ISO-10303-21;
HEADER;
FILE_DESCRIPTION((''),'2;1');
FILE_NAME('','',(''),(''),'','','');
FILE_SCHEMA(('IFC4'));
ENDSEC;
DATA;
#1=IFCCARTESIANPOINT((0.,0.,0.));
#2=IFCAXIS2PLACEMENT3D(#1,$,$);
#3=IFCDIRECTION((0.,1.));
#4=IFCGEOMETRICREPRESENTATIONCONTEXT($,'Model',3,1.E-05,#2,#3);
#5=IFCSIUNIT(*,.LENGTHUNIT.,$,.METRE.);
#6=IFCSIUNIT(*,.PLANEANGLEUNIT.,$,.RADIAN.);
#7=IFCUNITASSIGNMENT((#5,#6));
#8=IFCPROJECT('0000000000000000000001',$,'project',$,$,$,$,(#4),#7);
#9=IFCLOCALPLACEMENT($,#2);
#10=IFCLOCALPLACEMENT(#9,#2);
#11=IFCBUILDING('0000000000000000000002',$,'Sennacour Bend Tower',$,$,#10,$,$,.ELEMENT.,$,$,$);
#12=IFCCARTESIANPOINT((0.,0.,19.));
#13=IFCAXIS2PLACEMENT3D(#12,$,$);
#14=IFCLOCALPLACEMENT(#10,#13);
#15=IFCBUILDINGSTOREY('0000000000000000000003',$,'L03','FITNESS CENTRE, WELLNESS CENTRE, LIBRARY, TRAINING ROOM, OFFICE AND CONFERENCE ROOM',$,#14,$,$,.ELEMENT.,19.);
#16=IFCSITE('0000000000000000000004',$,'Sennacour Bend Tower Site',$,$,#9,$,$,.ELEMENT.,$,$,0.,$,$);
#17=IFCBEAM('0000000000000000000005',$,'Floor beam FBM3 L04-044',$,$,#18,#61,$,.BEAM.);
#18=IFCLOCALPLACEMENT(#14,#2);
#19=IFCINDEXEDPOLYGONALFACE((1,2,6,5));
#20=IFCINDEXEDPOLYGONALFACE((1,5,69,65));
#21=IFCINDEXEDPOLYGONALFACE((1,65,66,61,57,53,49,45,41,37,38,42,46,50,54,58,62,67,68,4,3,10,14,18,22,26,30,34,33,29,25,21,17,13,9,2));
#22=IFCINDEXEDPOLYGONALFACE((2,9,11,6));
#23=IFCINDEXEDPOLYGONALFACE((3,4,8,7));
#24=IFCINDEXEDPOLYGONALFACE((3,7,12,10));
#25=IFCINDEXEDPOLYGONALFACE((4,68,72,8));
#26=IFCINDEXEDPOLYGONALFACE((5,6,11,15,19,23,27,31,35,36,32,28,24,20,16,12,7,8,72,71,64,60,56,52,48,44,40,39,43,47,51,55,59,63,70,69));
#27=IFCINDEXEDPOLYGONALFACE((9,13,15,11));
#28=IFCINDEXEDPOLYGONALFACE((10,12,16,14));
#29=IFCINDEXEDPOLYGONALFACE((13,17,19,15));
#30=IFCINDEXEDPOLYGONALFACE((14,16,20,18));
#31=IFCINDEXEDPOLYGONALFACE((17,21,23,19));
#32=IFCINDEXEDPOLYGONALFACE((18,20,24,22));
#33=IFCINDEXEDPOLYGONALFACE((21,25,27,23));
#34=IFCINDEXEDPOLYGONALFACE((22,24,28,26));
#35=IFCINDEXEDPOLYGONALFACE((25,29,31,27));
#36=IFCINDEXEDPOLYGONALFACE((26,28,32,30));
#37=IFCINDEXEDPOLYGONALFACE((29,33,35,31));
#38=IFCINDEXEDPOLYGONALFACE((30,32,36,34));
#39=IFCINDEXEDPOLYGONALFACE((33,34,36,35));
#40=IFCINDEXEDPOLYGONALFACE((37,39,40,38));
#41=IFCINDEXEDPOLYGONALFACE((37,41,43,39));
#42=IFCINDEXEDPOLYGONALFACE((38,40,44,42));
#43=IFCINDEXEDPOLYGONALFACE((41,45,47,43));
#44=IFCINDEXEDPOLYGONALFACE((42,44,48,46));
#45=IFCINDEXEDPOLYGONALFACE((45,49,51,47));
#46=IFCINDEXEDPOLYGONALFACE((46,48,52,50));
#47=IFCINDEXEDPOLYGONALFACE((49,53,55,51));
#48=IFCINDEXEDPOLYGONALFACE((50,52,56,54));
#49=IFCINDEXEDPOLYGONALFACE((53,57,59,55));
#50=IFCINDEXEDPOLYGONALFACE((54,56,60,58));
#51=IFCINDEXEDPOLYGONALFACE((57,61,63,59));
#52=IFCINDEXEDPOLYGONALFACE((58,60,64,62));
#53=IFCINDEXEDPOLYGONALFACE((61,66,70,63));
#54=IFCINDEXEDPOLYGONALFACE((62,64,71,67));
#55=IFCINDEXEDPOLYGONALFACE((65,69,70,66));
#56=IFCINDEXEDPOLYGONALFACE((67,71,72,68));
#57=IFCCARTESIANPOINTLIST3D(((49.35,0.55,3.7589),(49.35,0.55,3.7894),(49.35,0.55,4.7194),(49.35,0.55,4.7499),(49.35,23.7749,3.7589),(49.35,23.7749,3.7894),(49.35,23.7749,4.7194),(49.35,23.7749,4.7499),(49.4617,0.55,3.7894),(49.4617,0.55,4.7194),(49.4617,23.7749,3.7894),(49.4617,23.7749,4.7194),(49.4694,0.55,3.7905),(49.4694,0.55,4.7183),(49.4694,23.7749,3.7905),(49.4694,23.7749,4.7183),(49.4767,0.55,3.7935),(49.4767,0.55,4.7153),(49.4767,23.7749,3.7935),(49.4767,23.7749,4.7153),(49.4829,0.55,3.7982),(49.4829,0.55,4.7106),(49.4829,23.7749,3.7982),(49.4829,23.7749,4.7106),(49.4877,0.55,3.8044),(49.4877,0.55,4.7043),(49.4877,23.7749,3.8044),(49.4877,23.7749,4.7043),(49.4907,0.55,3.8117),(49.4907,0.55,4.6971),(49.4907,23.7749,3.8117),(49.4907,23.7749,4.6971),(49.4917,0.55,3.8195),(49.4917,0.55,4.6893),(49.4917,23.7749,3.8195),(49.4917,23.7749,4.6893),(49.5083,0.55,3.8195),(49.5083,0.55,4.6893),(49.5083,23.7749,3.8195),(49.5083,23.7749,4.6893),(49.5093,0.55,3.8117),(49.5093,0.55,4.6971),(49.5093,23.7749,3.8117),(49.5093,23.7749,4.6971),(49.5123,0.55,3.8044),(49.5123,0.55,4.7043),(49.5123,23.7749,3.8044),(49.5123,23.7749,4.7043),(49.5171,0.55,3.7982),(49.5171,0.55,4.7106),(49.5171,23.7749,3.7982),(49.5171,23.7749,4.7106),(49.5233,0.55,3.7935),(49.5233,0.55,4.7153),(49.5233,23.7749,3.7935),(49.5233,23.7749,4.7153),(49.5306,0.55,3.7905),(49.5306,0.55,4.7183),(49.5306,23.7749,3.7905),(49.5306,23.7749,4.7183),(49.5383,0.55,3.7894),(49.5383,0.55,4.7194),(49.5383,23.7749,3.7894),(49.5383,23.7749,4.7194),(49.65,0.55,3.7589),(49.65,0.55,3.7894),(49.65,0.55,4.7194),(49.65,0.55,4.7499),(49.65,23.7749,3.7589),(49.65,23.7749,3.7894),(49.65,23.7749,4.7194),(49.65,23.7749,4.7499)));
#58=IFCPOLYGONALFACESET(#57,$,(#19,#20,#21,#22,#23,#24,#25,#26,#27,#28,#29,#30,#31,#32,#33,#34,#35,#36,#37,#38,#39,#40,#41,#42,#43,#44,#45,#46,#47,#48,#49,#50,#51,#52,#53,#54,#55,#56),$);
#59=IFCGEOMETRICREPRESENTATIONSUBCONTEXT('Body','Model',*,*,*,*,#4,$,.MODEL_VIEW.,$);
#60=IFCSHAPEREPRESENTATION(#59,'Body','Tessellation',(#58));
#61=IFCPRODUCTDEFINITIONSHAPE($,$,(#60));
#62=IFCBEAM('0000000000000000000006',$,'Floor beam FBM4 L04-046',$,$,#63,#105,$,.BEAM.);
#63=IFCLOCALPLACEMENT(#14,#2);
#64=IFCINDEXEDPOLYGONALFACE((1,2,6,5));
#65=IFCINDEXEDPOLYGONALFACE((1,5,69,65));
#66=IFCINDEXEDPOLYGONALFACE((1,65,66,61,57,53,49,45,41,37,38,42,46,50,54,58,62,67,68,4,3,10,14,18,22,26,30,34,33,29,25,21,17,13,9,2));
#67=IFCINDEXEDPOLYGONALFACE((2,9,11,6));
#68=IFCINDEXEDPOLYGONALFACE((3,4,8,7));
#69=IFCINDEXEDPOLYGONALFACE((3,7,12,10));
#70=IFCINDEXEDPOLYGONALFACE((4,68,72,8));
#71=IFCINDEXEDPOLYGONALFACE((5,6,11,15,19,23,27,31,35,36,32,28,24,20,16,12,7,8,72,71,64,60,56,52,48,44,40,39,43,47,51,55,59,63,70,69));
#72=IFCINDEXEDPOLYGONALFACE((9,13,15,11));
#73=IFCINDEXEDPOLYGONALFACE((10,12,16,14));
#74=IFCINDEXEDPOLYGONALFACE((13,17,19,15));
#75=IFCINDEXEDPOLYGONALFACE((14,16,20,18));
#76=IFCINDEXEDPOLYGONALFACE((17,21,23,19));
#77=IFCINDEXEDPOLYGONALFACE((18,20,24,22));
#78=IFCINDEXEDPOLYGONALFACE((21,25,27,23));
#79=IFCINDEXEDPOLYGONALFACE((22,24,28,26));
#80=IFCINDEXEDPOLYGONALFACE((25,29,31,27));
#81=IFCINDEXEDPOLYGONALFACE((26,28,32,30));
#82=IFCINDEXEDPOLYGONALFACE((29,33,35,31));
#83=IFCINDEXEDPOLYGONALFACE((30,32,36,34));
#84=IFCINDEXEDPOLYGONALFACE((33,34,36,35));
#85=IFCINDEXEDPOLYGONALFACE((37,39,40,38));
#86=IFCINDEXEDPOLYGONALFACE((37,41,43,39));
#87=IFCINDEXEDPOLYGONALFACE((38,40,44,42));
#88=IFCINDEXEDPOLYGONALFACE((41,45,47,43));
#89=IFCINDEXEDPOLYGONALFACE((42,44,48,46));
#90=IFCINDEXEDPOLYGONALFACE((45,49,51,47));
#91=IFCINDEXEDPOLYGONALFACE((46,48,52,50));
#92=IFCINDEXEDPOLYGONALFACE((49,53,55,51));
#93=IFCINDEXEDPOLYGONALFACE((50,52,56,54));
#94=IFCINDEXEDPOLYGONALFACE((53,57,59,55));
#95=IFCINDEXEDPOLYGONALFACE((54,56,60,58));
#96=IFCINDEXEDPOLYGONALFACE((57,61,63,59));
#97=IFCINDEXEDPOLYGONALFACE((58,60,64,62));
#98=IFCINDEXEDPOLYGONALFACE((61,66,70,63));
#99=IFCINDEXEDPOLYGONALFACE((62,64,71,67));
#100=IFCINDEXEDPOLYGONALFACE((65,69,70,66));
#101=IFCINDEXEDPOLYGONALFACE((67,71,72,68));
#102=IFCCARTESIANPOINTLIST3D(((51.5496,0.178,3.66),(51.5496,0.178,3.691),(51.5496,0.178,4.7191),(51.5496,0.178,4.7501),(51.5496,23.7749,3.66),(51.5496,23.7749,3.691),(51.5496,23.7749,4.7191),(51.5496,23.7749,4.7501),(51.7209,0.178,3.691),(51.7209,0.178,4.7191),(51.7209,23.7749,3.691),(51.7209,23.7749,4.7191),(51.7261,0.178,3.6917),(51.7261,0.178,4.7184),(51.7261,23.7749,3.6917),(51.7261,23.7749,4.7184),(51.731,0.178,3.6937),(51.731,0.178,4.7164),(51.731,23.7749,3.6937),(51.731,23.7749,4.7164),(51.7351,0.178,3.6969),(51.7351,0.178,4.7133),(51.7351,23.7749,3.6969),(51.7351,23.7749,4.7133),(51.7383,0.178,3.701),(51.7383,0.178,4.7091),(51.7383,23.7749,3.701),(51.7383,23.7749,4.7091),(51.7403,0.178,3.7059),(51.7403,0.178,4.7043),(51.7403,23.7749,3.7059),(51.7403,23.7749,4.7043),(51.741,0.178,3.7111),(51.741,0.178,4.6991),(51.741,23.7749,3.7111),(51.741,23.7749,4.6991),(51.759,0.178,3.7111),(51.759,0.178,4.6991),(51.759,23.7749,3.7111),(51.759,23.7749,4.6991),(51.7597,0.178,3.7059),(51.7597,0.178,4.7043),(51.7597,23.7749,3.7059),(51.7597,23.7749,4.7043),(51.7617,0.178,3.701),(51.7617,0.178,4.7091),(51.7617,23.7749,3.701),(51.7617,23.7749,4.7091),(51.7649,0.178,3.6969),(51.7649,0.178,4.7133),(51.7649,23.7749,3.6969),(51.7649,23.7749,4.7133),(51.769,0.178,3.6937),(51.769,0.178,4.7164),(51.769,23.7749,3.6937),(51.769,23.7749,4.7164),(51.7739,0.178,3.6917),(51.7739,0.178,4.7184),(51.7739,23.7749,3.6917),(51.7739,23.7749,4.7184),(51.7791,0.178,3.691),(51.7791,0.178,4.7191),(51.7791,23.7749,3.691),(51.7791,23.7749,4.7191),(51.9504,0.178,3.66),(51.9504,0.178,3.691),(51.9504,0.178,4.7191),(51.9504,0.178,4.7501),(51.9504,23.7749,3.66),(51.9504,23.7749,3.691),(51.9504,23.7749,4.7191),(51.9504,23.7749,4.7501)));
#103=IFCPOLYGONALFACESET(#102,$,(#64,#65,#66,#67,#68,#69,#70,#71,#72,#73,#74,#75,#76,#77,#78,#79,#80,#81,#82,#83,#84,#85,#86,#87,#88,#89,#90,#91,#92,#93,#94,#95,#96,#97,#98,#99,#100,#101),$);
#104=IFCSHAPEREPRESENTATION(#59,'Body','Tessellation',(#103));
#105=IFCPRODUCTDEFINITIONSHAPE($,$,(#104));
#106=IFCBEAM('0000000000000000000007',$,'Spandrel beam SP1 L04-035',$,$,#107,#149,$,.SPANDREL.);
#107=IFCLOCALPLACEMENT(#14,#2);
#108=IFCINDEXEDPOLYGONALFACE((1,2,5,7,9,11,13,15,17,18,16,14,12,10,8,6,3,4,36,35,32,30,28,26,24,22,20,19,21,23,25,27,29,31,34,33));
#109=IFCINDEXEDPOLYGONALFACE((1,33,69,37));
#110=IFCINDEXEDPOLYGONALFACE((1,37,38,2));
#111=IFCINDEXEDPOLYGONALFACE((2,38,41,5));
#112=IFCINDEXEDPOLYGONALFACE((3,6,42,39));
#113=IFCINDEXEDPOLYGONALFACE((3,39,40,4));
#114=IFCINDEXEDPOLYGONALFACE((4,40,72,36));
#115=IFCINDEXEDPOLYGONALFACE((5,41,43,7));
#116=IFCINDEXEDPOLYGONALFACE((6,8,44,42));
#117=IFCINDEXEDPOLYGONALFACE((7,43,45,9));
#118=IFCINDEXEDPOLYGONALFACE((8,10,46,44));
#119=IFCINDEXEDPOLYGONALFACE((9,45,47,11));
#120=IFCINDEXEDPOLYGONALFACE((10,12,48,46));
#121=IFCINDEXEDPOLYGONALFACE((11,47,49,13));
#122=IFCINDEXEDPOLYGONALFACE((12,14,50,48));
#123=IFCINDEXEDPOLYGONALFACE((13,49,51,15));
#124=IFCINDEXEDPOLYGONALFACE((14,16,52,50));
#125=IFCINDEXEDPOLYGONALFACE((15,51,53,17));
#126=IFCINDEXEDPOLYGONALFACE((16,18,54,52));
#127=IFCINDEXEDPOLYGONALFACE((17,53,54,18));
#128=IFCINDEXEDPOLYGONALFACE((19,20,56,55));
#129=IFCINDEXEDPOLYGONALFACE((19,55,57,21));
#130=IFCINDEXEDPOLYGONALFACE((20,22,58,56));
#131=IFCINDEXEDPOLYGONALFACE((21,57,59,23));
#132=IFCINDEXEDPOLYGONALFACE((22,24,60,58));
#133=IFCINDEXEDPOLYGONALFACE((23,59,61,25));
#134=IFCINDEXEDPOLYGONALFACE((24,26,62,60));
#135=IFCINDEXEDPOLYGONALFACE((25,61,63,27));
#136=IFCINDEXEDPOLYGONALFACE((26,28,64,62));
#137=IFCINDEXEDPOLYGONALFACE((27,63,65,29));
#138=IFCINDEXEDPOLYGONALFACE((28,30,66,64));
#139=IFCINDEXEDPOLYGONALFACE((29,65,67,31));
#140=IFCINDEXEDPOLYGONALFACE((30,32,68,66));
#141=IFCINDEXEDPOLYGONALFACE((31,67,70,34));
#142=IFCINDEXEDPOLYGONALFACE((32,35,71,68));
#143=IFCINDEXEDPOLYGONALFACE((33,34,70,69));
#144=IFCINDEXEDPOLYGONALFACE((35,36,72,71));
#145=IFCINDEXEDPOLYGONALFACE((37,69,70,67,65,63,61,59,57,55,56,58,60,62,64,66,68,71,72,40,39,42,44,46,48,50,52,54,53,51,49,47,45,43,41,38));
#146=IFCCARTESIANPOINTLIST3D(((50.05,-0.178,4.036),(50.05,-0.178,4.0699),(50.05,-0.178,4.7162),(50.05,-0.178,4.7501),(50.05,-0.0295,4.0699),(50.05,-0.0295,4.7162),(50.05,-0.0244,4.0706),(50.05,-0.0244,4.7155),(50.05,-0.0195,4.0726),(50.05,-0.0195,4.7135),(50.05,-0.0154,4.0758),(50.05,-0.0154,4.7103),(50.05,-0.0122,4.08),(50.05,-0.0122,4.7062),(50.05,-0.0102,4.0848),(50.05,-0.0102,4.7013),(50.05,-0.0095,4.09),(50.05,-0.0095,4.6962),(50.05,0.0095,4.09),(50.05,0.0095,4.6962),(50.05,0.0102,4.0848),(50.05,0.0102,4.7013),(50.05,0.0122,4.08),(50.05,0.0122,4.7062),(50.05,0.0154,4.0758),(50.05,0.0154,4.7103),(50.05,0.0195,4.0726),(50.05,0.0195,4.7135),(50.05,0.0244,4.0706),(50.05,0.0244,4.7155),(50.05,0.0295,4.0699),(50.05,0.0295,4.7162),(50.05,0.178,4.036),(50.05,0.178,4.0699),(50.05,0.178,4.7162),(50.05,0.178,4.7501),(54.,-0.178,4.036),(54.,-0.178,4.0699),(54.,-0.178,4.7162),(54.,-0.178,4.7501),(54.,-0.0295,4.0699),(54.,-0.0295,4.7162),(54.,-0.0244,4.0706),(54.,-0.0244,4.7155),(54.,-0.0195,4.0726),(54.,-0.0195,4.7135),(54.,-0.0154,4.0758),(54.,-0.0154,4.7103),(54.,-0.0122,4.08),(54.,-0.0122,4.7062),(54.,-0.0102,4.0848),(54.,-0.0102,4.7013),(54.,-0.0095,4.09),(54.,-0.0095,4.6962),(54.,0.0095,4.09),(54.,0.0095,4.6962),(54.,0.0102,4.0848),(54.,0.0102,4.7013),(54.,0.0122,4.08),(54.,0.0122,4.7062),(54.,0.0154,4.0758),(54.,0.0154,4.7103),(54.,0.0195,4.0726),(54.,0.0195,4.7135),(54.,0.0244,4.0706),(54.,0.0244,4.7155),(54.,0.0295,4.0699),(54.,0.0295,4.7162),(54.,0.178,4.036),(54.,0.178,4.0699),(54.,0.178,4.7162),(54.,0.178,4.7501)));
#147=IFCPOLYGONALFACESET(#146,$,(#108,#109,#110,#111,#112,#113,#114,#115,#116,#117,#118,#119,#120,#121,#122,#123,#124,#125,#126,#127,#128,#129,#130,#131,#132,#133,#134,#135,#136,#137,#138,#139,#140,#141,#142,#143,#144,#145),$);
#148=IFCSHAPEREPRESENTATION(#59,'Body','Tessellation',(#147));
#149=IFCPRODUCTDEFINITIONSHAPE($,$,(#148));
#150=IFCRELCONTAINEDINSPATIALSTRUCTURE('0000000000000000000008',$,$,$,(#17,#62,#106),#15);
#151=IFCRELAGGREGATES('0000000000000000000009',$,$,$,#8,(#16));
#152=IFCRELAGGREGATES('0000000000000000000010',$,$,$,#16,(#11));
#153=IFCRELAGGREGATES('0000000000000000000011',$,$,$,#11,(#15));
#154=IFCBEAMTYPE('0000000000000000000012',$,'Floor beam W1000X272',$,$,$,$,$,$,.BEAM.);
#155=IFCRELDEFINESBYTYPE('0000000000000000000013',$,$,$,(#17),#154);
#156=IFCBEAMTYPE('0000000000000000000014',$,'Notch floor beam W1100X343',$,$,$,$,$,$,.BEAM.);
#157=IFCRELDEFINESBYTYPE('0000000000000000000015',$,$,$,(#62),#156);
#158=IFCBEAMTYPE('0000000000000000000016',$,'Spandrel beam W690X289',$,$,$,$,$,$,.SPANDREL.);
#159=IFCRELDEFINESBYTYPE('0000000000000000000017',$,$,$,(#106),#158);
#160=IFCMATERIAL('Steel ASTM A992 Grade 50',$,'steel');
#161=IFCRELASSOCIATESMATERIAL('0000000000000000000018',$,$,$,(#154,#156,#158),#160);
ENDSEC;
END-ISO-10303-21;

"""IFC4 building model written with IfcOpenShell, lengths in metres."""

from ifc_helpers import new_model, si_unit, direction, frame, origin, origin_2d, place, context, subcontext, project, spatial, i_section, extrude, material, material_profile, profile_set, type_object, element, save


model = new_model("IFC4")

# Units and contexts
model_context = context("Model", 3, precision=1e-05, world=origin(), true_north=direction((0.0, 1.0)))
body_context = subcontext(model_context, "Body", "Model", "MODEL_VIEW")
ifc_project = project(units=[si_unit("LENGTHUNIT", "METRE"), si_unit("PLANEANGLEUNIT", "RADIAN")], contexts=[model_context])

# Site, building, storey
site_placement = place(None, origin())
site = spatial("IfcSite", under=ifc_project, at=site_placement, Name="Sennacour Bend Tower Site", CompositionType="ELEMENT", RefElevation=0.0)
building_placement = place(site_placement, origin())
building = spatial("IfcBuilding", under=site, at=building_placement, Name="Sennacour Bend Tower", CompositionType="ELEMENT")
storey_placement = place(building_placement, frame((0.0, 0.0, 19.0)))
storey = spatial("IfcBuildingStorey", under=building, at=storey_placement, Name="L03", Description="FITNESS CENTRE, WELLNESS CENTRE, LIBRARY, TRAINING ROOM, OFFICE AND CONFERENCE ROOM", CompositionType="ELEMENT", Elevation=19.0)

# Beams
ifc_material_1 = material(Name="Steel ASTM A992 Grade 50", Category="steel")
ifc_material_profile_1 = material_profile(ifc_material_1, i_section(OverallWidth=0.3, OverallDepth=0.991, WebThickness=0.0166, FlangeThickness=0.0305, FilletRadius=0.03, at=origin_2d()), Name="Steel ASTM A992 Grade 50", Category="steel")
ifc_profile_set_1 = profile_set([ifc_material_profile_1], Name="Steel ASTM A992 Grade 50")
beam_type_1 = type_object("IfcBeamType", Name="Floor beam W1000X272", PredefinedType="BEAM", material=ifc_profile_set_1)
beam_1_placement = place(storey_placement, frame((49.5, 0.55, 4.2544), z_axis=(0.0, 1.0, 0.0), x_axis=(-1.0, 0.0, 0.0)))
element("IfcBeam", 1, at=beam_1_placement, inside=storey, type_object=beam_type_1, Name="Floor beam FBM3 L04-044", PredefinedType="BEAM", context=body_context, shape_type="SweptSolid", body=[
    extrude(i_section(OverallWidth=0.3, OverallDepth=0.991, WebThickness=0.0166, FlangeThickness=0.0305, FilletRadius=0.03, at=origin_2d()), origin(), (0.0, 0.0, 1.0), 23.2249),
])
ifc_material_profile_2 = material_profile(ifc_material_1, i_section(OverallWidth=0.4009, OverallDepth=1.0901, WebThickness=0.0181, FlangeThickness=0.031, FilletRadius=0.02, at=origin_2d()), Name="Steel ASTM A992 Grade 50", Category="steel")
ifc_profile_set_2 = profile_set([ifc_material_profile_2], Name="Steel ASTM A992 Grade 50")
beam_type_2 = type_object("IfcBeamType", Name="Notch floor beam W1100X343", PredefinedType="BEAM", material=ifc_profile_set_2)
beam_2_placement = place(storey_placement, frame((51.75, 0.178, 4.2051), z_axis=(0.0, 1.0, 0.0), x_axis=(-1.0, 0.0, 0.0)))
element("IfcBeam", 2, at=beam_2_placement, inside=storey, type_object=beam_type_2, Name="Floor beam FBM4 L04-046", PredefinedType="BEAM", context=body_context, shape_type="SweptSolid", body=[
    extrude(i_section(OverallWidth=0.4009, OverallDepth=1.0901, WebThickness=0.0181, FlangeThickness=0.031, FilletRadius=0.02, at=origin_2d()), origin(), (0.0, 0.0, 1.0), 23.5969),
])
ifc_material_profile_3 = material_profile(ifc_material_1, i_section(OverallWidth=0.356, OverallDepth=0.7141, WebThickness=0.019, FlangeThickness=0.0339, FilletRadius=0.02, at=origin_2d()), Name="Steel ASTM A992 Grade 50", Category="steel")
ifc_profile_set_3 = profile_set([ifc_material_profile_3], Name="Steel ASTM A992 Grade 50")
beam_type_3 = type_object("IfcBeamType", Name="Spandrel beam W690X289", PredefinedType="SPANDREL", material=ifc_profile_set_3)
beam_3_placement = place(storey_placement, frame((50.05, 0.0, 4.3931), z_axis=(1.0, 0.0, 0.0), x_axis=(0.0, 1.0, 0.0)))
element("IfcBeam", 3, at=beam_3_placement, inside=storey, type_object=beam_type_3, Name="Spandrel beam SP1 L04-035", PredefinedType="SPANDREL", context=body_context, shape_type="SweptSolid", body=[
    extrude(i_section(OverallWidth=0.356, OverallDepth=0.7141, WebThickness=0.019, FlangeThickness=0.0339, FilletRadius=0.02, at=origin_2d()), origin(), (0.0, 0.0, 1.0), 3.95),
])

save(model, "model.ifc")
